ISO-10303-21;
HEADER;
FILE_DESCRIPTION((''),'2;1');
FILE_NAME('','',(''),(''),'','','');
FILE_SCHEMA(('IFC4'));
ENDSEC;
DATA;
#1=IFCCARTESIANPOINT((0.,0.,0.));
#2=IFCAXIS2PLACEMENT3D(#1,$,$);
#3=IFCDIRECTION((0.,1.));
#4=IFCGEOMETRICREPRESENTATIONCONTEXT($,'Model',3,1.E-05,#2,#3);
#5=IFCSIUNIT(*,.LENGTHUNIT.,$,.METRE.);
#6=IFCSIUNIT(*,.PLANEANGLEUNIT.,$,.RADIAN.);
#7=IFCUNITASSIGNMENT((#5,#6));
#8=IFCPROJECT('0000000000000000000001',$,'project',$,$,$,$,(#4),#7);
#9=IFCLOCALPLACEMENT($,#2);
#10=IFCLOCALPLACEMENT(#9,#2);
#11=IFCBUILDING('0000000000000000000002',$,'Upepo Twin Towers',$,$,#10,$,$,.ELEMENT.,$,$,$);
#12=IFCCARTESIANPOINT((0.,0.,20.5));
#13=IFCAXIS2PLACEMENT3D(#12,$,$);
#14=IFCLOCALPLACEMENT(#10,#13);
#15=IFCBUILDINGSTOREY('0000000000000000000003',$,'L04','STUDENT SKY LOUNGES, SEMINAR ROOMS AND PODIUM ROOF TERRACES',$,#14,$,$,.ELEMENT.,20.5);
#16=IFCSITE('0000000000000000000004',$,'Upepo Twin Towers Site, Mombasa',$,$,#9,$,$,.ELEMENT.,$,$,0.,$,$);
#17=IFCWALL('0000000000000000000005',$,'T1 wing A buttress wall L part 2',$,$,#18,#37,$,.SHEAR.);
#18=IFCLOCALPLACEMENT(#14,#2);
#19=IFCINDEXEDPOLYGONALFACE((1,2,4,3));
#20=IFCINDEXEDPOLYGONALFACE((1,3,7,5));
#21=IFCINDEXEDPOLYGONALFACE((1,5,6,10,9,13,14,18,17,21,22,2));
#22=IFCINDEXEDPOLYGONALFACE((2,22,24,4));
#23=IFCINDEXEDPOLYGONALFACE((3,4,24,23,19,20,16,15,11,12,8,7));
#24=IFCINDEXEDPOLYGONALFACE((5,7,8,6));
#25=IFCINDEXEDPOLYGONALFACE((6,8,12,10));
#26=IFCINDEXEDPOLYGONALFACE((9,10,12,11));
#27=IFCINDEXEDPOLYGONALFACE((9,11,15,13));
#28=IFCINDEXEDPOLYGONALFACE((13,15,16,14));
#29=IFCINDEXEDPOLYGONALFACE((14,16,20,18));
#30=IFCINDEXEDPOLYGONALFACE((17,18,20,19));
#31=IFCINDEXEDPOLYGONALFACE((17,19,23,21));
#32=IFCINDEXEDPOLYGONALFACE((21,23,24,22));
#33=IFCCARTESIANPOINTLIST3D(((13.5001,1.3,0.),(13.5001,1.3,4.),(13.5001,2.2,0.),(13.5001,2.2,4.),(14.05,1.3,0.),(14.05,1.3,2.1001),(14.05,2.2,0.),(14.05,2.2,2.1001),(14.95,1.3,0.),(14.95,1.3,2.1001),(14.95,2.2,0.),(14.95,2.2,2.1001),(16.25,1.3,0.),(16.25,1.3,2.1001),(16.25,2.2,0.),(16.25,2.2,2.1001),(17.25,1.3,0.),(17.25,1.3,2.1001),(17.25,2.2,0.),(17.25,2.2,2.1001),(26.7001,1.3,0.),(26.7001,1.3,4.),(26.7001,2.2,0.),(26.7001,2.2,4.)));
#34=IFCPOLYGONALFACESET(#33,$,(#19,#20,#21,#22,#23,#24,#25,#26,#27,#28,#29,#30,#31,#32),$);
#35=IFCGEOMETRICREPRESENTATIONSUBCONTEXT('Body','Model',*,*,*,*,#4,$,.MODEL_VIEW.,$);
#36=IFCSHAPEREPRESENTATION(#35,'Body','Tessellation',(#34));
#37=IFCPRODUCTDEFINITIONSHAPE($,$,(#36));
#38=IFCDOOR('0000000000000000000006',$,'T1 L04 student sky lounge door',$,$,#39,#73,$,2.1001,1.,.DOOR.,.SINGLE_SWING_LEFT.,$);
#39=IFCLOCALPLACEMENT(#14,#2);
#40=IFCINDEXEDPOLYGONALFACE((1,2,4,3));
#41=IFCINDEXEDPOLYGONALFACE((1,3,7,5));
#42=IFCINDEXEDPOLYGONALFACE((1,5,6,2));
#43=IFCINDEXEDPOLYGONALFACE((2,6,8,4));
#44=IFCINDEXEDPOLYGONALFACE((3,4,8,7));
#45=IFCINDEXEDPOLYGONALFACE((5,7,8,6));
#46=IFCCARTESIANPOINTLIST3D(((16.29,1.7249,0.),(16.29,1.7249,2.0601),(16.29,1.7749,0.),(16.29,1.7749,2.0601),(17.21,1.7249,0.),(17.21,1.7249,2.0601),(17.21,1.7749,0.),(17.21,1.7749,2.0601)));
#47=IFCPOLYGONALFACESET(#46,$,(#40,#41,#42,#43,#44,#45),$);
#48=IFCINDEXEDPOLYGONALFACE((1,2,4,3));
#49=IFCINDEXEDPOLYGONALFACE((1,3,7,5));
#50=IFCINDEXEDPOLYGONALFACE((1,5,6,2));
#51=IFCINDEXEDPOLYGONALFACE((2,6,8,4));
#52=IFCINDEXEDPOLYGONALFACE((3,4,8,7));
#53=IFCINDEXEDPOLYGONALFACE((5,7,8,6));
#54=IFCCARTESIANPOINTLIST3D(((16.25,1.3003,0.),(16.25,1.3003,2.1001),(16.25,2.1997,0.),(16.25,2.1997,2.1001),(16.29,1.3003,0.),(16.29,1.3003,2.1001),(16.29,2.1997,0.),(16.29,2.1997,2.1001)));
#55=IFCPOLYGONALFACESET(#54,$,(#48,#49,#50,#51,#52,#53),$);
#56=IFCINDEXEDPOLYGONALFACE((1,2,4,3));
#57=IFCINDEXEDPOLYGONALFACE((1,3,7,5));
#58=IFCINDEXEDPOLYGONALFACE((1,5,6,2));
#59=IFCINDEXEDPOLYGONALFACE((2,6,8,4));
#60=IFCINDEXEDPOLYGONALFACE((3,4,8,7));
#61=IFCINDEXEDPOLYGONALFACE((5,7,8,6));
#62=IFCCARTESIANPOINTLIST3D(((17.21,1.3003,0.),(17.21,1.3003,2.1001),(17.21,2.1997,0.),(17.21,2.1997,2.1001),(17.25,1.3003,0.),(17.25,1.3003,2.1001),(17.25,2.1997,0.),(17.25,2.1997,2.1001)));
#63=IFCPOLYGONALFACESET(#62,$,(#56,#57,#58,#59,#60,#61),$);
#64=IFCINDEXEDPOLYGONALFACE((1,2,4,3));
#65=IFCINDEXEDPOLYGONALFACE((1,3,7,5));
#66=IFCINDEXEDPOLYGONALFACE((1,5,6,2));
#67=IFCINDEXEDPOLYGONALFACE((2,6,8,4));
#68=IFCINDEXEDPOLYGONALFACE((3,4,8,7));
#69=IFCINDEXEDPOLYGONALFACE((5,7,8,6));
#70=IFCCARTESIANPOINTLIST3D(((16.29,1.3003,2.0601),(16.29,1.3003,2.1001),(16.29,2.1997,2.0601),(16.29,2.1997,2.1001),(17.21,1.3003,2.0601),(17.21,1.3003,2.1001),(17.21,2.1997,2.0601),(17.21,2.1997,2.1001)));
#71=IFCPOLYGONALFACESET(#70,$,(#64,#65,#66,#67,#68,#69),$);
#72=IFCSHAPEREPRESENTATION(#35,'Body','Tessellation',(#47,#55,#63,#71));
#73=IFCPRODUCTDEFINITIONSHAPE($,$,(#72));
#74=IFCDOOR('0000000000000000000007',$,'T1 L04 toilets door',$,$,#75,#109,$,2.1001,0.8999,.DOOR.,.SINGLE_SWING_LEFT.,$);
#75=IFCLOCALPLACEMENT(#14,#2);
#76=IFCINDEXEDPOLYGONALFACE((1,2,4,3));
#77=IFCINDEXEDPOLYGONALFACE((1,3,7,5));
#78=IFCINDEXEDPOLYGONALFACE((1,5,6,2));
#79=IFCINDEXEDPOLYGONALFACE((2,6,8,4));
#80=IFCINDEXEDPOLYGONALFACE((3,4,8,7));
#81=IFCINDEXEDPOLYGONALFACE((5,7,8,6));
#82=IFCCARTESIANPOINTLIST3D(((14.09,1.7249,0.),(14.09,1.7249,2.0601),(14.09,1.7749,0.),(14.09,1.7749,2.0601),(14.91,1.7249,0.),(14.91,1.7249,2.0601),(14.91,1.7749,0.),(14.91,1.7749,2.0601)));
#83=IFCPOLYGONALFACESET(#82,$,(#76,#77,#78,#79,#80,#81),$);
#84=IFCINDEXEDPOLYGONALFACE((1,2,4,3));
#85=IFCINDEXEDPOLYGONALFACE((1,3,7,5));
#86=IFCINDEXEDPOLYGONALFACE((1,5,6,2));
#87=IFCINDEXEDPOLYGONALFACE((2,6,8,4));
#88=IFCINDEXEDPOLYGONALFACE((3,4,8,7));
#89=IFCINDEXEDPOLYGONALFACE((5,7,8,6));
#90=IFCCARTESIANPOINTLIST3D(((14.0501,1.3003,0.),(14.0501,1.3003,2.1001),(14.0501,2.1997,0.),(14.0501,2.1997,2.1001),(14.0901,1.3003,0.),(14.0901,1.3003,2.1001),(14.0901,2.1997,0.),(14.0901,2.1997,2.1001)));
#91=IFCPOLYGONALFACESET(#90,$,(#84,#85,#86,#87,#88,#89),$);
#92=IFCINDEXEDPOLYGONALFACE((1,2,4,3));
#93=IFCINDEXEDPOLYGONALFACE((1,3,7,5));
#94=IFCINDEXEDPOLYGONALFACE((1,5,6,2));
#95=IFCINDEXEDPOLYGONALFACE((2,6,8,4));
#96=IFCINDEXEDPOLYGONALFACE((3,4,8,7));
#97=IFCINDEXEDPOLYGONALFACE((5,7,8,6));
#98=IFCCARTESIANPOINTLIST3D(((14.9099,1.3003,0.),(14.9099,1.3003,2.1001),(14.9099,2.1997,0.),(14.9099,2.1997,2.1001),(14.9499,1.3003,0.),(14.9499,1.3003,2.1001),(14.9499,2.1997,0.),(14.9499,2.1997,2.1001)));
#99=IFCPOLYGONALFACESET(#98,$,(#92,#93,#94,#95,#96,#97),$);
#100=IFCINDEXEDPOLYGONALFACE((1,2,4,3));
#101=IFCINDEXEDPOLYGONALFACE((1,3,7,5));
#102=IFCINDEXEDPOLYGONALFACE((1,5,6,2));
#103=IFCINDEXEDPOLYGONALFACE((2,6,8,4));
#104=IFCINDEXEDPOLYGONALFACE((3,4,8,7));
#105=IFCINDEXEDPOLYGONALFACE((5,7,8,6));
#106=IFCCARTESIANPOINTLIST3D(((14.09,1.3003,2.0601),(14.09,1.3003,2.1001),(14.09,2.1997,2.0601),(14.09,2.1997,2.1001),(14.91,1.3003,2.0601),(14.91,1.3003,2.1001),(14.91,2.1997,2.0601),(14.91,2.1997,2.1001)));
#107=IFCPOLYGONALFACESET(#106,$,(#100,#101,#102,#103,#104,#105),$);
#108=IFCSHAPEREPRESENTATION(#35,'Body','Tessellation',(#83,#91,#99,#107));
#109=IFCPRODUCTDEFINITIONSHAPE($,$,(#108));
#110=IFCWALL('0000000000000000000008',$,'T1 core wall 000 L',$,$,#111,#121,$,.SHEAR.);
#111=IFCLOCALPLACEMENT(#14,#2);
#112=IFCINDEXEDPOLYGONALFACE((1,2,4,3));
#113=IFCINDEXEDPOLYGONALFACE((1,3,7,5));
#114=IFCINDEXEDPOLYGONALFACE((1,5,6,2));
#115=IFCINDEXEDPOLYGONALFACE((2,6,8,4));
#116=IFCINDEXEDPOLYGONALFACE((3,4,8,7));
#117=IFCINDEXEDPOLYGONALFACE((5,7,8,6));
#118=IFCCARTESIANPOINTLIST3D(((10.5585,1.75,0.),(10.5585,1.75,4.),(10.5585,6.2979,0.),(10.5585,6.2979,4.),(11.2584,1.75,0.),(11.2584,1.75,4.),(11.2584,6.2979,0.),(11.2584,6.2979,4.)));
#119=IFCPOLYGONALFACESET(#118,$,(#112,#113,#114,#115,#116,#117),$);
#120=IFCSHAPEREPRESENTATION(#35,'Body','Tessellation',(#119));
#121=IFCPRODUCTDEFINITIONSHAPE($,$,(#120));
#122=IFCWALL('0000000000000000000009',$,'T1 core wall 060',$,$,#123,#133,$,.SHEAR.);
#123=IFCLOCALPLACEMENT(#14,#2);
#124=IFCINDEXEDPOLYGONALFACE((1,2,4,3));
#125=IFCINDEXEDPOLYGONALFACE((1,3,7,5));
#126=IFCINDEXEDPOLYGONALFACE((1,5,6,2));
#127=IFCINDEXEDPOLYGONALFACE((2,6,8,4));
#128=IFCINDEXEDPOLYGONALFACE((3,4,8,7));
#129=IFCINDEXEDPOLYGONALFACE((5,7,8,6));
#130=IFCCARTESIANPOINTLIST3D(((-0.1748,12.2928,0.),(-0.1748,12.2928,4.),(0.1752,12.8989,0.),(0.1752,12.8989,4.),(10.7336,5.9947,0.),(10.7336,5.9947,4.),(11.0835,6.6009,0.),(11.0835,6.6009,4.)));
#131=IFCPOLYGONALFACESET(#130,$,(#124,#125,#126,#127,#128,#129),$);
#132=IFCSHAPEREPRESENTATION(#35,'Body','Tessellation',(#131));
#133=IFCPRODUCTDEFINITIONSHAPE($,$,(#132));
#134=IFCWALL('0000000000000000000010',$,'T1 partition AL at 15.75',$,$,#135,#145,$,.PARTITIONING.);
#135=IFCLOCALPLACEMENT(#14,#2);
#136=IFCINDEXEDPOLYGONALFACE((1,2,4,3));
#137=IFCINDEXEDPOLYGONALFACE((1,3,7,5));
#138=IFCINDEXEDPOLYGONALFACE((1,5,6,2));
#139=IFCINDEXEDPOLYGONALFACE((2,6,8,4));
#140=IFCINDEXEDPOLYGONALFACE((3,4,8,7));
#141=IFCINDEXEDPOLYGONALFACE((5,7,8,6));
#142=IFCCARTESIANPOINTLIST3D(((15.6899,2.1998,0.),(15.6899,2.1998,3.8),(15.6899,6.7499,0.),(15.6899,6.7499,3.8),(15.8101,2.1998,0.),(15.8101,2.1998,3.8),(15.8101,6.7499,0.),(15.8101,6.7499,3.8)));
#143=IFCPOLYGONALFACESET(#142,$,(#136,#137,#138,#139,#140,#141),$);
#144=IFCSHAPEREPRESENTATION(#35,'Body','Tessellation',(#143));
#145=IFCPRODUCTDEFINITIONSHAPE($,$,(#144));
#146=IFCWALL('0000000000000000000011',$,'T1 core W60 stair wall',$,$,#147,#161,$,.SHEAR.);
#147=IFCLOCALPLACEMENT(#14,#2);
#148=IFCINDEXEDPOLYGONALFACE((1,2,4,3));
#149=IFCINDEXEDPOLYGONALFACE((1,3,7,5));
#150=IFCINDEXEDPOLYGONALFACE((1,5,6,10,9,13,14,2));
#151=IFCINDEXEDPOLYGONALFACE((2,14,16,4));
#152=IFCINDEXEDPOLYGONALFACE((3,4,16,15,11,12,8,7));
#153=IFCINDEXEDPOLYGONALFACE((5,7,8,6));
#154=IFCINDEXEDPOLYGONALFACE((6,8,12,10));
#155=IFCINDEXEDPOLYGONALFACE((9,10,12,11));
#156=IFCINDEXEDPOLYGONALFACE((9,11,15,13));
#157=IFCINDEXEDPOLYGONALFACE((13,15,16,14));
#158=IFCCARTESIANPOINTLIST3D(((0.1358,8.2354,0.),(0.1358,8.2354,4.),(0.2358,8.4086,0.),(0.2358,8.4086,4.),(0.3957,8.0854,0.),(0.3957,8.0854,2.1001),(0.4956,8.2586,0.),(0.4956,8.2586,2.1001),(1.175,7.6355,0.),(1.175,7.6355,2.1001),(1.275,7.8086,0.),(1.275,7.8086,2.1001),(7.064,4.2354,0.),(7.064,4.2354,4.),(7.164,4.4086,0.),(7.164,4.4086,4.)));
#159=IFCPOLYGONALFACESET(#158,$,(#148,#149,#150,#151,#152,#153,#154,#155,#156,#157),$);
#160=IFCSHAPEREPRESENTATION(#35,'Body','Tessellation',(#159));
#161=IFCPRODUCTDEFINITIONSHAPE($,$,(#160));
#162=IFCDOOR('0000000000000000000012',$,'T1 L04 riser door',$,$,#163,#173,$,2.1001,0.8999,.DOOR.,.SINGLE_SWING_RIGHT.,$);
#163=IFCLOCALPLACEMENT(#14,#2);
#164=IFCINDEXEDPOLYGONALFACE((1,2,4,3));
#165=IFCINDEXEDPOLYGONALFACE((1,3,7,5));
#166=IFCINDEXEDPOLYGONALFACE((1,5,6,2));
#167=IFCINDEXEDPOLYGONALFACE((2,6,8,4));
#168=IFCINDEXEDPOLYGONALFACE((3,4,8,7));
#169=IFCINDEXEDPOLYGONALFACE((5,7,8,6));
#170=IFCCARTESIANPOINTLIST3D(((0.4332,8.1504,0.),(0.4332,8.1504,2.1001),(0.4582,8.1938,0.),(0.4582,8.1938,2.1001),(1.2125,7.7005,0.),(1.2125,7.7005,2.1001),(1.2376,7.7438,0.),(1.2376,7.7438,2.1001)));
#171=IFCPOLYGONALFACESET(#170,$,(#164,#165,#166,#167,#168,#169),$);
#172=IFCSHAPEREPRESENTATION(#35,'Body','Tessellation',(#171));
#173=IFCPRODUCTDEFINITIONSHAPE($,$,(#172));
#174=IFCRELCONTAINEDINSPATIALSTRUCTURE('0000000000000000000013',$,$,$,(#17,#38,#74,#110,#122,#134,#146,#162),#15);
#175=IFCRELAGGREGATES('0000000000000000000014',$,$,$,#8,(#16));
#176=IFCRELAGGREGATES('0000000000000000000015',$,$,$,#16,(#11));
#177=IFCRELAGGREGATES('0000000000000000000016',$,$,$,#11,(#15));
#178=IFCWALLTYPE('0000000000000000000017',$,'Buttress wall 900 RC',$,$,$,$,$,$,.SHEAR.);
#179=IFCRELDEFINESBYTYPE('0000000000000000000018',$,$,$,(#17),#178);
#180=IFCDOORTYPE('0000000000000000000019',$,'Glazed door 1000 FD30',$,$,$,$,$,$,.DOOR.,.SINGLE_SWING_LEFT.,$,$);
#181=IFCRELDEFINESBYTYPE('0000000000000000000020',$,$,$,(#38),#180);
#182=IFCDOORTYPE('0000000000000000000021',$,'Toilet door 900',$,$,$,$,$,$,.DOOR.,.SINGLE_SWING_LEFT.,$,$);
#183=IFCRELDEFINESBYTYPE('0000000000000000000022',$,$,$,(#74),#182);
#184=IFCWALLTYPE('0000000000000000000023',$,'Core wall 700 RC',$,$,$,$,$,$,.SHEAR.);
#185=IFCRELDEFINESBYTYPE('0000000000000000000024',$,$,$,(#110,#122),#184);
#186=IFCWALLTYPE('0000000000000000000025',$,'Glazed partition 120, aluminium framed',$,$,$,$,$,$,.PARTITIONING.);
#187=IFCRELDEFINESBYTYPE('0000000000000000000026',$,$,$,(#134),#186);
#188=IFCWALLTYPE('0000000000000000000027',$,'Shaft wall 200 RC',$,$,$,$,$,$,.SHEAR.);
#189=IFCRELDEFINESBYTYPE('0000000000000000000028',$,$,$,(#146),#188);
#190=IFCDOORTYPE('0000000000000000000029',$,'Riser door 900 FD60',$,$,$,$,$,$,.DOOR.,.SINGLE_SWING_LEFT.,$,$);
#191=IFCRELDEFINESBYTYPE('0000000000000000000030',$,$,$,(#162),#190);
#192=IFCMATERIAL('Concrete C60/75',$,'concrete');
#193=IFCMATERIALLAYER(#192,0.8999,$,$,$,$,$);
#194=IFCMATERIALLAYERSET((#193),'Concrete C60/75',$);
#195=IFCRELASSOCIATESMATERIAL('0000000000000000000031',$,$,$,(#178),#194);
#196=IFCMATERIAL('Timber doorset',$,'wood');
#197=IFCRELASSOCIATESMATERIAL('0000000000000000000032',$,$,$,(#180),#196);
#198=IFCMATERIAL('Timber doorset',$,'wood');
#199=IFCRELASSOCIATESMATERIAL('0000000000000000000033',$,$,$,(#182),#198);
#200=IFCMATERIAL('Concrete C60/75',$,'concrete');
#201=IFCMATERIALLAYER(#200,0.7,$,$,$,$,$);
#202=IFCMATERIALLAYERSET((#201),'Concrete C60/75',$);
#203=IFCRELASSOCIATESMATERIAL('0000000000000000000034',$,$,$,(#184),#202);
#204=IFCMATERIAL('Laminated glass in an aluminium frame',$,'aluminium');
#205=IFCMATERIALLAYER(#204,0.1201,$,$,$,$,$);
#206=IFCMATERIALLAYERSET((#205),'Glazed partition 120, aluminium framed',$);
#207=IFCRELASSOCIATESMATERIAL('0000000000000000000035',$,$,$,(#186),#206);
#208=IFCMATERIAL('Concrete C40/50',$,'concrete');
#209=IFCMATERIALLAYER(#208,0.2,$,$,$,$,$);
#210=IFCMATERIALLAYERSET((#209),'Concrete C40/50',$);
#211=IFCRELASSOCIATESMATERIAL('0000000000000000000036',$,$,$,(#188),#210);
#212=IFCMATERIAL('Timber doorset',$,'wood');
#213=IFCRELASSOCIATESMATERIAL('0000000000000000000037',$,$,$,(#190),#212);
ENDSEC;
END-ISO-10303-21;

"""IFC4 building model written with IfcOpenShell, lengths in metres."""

from ifc_helpers import new_model, si_unit, direction, frame, frame_2d, origin, place, context, subcontext, project, spatial, rectangle, extrude, material, layer, layer_set, type_object, element, fill, save


model = new_model("IFC4")

# Units and contexts
model_context = context("Model", 3, precision=1e-05, world=origin(), true_north=direction((0.0, 1.0)))
body_context = subcontext(model_context, "Body", "Model", "MODEL_VIEW")
ifc_project = project(units=[si_unit("LENGTHUNIT", "METRE"), si_unit("PLANEANGLEUNIT", "RADIAN")], contexts=[model_context])

# Site, building, storey
site_placement = place(None, origin())
site = spatial("IfcSite", under=ifc_project, at=site_placement, Name="Upepo Twin Towers Site, Mombasa", CompositionType="ELEMENT", RefElevation=0.0)
building_placement = place(site_placement, origin())
building = spatial("IfcBuilding", under=site, at=building_placement, Name="Upepo Twin Towers", CompositionType="ELEMENT")
storey_placement = place(building_placement, frame((0.0, 0.0, 20.5)))
storey = spatial("IfcBuildingStorey", under=building, at=storey_placement, Name="L04", Description="STUDENT SKY LOUNGES, SEMINAR ROOMS AND PODIUM ROOF TERRACES", CompositionType="ELEMENT", Elevation=20.5)

# Wall, openings, doors
ifc_material_1 = material(Name="Concrete C60/75", Category="concrete")
ifc_layer_1 = layer(ifc_material_1, 0.8999)
ifc_layer_set_1 = layer_set([ifc_layer_1], Name="Concrete C60/75")
wall_type_1 = type_object("IfcWallType", Name="Buttress wall 900 RC", PredefinedType="SHEAR", material=ifc_layer_set_1)
wall_1_placement = place(storey_placement, frame((13.5, 1.75, 0.0), z_axis=(0.0, 0.0, 1.0), x_axis=(1.0, 0.0, 0.0)))
wall_1 = element("IfcWall", 1, at=wall_1_placement, inside=storey, type_object=wall_type_1, Name="T1 wing A buttress wall L part 2", PredefinedType="SHEAR", context=body_context, shape_type="SweptSolid", body=[
    extrude(rectangle(XDim=13.2, YDim=0.8999, at=frame_2d((6.6001, 0.0))), origin(), (0.0, 0.0, 1.0), 4.0),
])
opening_1_placement = place(wall_1_placement, frame((0.55, 0.0, 0.0)))
opening_1 = element("IfcOpeningElement", 2, at=opening_1_placement, cuts=wall_1, PredefinedType="OPENING", context=body_context, shape_type="SweptSolid", body=[
    extrude(rectangle(XDim=0.8999, YDim=2.1001, at=frame_2d((0.45, 1.05))), frame((0.0, 0.46, 0.0), z_axis=(0.0, -1.0, 0.0), x_axis=(1.0, 0.0, 0.0)), (0.0, 0.0, 1.0), 0.9199),
])
opening_2_placement = place(wall_1_placement, frame((2.75, 0.0, 0.0)))
opening_2 = element("IfcOpeningElement", 3, at=opening_2_placement, cuts=wall_1, PredefinedType="OPENING", context=body_context, shape_type="SweptSolid", body=[
    extrude(rectangle(XDim=1.0, YDim=2.1001, at=frame_2d((0.5, 1.05))), frame((0.0, 0.46, 0.0), z_axis=(0.0, -1.0, 0.0), x_axis=(1.0, 0.0, 0.0)), (0.0, 0.0, 1.0), 0.9199),
])
ifc_material_2 = material(Name="Timber doorset", Category="wood")
door_type_1 = type_object("IfcDoorType", Name="Glazed door 1000 FD30", OperationType="SINGLE_SWING_LEFT", PredefinedType="DOOR", material=ifc_material_2)
door_1_placement = place(opening_2_placement, origin())
door_1 = element("IfcDoor", 4, at=door_1_placement, inside=storey, type_object=door_type_1, Name="T1 L04 student sky lounge door", OperationType="SINGLE_SWING_LEFT", OverallHeight=2.1001, OverallWidth=1.0, PredefinedType="DOOR", context=body_context, shape_type="SweptSolid", body=[
    extrude(rectangle(XDim=0.92, YDim=2.0601, at=frame_2d((0.5, 1.03))), frame((0.0, 0.0249, 0.0), z_axis=(0.0, -1.0, 0.0), x_axis=(1.0, 0.0, 0.0)), (0.0, 0.0, 1.0), 0.05),
    extrude(rectangle(XDim=0.04, YDim=2.1001, at=frame_2d((0.02, 1.05))), frame((0.0, 0.4497, 0.0), z_axis=(0.0, -1.0, 0.0), x_axis=(1.0, 0.0, 0.0)), (0.0, 0.0, 1.0), 0.8994),
    extrude(rectangle(XDim=0.04, YDim=2.1001, at=frame_2d((0.98, 1.05))), frame((0.0, 0.4497, 0.0), z_axis=(0.0, -1.0, 0.0), x_axis=(1.0, 0.0, 0.0)), (0.0, 0.0, 1.0), 0.8994),
    extrude(rectangle(XDim=0.92, YDim=0.04, at=frame_2d((0.5, 2.0801))), frame((0.0, 0.4497, 0.0), z_axis=(0.0, -1.0, 0.0), x_axis=(1.0, 0.0, 0.0)), (0.0, 0.0, 1.0), 0.8994),
])
fill(opening_2, door_1)
ifc_material_3 = material(Name="Timber doorset", Category="wood")
door_type_2 = type_object("IfcDoorType", Name="Toilet door 900", OperationType="SINGLE_SWING_LEFT", PredefinedType="DOOR", material=ifc_material_3)
door_2_placement = place(opening_1_placement, origin())
door_2 = element("IfcDoor", 5, at=door_2_placement, inside=storey, type_object=door_type_2, Name="T1 L04 toilets door", OperationType="SINGLE_SWING_LEFT", OverallHeight=2.1001, OverallWidth=0.8999, PredefinedType="DOOR", context=body_context, shape_type="SweptSolid", body=[
    extrude(rectangle(XDim=0.8199, YDim=2.0601, at=frame_2d((0.45, 1.03))), frame((0.0, 0.0249, 0.0), z_axis=(0.0, -1.0, 0.0), x_axis=(1.0, 0.0, 0.0)), (0.0, 0.0, 1.0), 0.05),
    extrude(rectangle(XDim=0.04, YDim=2.1001, at=frame_2d((0.02, 1.05))), frame((0.0, 0.4497, 0.0), z_axis=(0.0, -1.0, 0.0), x_axis=(1.0, 0.0, 0.0)), (0.0, 0.0, 1.0), 0.8994),
    extrude(rectangle(XDim=0.04, YDim=2.1001, at=frame_2d((0.8799, 1.05))), frame((0.0, 0.4497, 0.0), z_axis=(0.0, -1.0, 0.0), x_axis=(1.0, 0.0, 0.0)), (0.0, 0.0, 1.0), 0.8994),
    extrude(rectangle(XDim=0.8199, YDim=0.04, at=frame_2d((0.45, 2.0801))), frame((0.0, 0.4497, 0.0), z_axis=(0.0, -1.0, 0.0), x_axis=(1.0, 0.0, 0.0)), (0.0, 0.0, 1.0), 0.8994),
])
fill(opening_1, door_2)

# Walls
ifc_material_4 = material(Name="Concrete C60/75", Category="concrete")
ifc_layer_2 = layer(ifc_material_4, 0.7)
ifc_layer_set_2 = layer_set([ifc_layer_2], Name="Concrete C60/75")
wall_type_2 = type_object("IfcWallType", Name="Core wall 700 RC", PredefinedType="SHEAR", material=ifc_layer_set_2)
wall_2_placement = place(storey_placement, frame((10.9084, 1.75, 0.0), z_axis=(0.0, 0.0, 1.0), x_axis=(0.0, 1.0, 0.0)))
element("IfcWall", 6, at=wall_2_placement, inside=storey, type_object=wall_type_2, Name="T1 core wall 000 L", PredefinedType="SHEAR", context=body_context, shape_type="SweptSolid", body=[
    extrude(rectangle(XDim=4.5479, YDim=0.7, at=frame_2d((2.2739, 0.0))), origin(), (0.0, 0.0, 1.0), 4.0),
])
wall_3_placement = place(storey_placement, frame((10.9084, 6.2979, 0.0), z_axis=(0.0, 0.0, 1.0), x_axis=(-0.866022, 0.500006, 0.0)))
element("IfcWall", 7, at=wall_3_placement, inside=storey, type_object=wall_type_2, Name="T1 core wall 060", PredefinedType="SHEAR", context=body_context, shape_type="SweptSolid", body=[
    extrude(rectangle(XDim=12.5959, YDim=0.7, at=frame_2d((6.2979, 0.0))), origin(), (0.0, 0.0, 1.0), 4.0),
])
ifc_material_5 = material(Name="Laminated glass in an aluminium frame", Category="aluminium")
ifc_layer_3 = layer(ifc_material_5, 0.1201)
ifc_layer_set_3 = layer_set([ifc_layer_3], Name="Glazed partition 120, aluminium framed")
wall_type_3 = type_object("IfcWallType", Name="Glazed partition 120, aluminium framed", PredefinedType="PARTITIONING", material=ifc_layer_set_3)
wall_4_placement = place(storey_placement, frame((15.75, 2.2, 0.0), z_axis=(0.0, 0.0, 1.0), x_axis=(0.0, 1.0, 0.0)))
element("IfcWall", 8, at=wall_4_placement, inside=storey, type_object=wall_type_3, Name="T1 partition AL at 15.75", PredefinedType="PARTITIONING", context=body_context, shape_type="SweptSolid", body=[
    extrude(rectangle(XDim=4.55, YDim=0.1201, at=frame_2d((2.2749, 0.0))), origin(), (0.0, 0.0, 1.0), 3.8),
])

# Wall, opening, door
ifc_material_6 = material(Name="Concrete C40/50", Category="concrete")
ifc_layer_4 = layer(ifc_material_6, 0.2)
ifc_layer_set_4 = layer_set([ifc_layer_4], Name="Concrete C40/50")
wall_type_4 = type_object("IfcWallType", Name="Shaft wall 200 RC", PredefinedType="SHEAR", material=ifc_layer_set_4)
wall_5_placement = place(storey_placement, frame((7.114, 4.322, 0.0), z_axis=(0.0, 0.0, 1.0), x_axis=(-0.866026, 0.499999, 0.0)))
wall_5 = element("IfcWall", 9, at=wall_5_placement, inside=storey, type_object=wall_type_4, Name="T1 core W60 stair wall", PredefinedType="SHEAR", context=body_context, shape_type="SweptSolid", body=[
    extrude(rectangle(XDim=8.0, YDim=0.2, at=frame_2d((4.0, 0.0))), origin(), (0.0, 0.0, 1.0), 4.0),
])
opening_3_placement = place(wall_5_placement, frame((6.8, 0.0, 0.0)))
opening_3 = element("IfcOpeningElement", 10, at=opening_3_placement, cuts=wall_5, PredefinedType="OPENING", context=body_context, shape_type="SweptSolid", body=[
    extrude(rectangle(XDim=0.8999, YDim=2.1001, at=frame_2d((0.45, 1.05))), frame((0.0, 0.1099, 0.0), z_axis=(0.0, -1.0, 0.0), x_axis=(1.0, 0.0, 0.0)), (0.0, 0.0, 1.0), 0.22),
])
ifc_material_7 = material(Name="Timber doorset", Category="wood")
door_type_3 = type_object("IfcDoorType", Name="Riser door 900 FD60", OperationType="SINGLE_SWING_LEFT", PredefinedType="DOOR", material=ifc_material_7)
door_3_placement = place(opening_3_placement, origin())
door_3 = element("IfcDoor", 11, at=door_3_placement, inside=storey, type_object=door_type_3, Name="T1 L04 riser door", OperationType="SINGLE_SWING_RIGHT", OverallHeight=2.1001, OverallWidth=0.8999, PredefinedType="DOOR", context=body_context, shape_type="SweptSolid", body=[
    extrude(rectangle(XDim=0.8999, YDim=2.1001, at=frame_2d((0.45, 1.05))), frame((0.0, 0.0249, 0.0), z_axis=(0.0, -1.0, 0.0), x_axis=(1.0, 0.0, 0.0)), (0.0, 0.0, 1.0), 0.05),
])
fill(opening_3, door_3)

save(model, "model.ifc")
